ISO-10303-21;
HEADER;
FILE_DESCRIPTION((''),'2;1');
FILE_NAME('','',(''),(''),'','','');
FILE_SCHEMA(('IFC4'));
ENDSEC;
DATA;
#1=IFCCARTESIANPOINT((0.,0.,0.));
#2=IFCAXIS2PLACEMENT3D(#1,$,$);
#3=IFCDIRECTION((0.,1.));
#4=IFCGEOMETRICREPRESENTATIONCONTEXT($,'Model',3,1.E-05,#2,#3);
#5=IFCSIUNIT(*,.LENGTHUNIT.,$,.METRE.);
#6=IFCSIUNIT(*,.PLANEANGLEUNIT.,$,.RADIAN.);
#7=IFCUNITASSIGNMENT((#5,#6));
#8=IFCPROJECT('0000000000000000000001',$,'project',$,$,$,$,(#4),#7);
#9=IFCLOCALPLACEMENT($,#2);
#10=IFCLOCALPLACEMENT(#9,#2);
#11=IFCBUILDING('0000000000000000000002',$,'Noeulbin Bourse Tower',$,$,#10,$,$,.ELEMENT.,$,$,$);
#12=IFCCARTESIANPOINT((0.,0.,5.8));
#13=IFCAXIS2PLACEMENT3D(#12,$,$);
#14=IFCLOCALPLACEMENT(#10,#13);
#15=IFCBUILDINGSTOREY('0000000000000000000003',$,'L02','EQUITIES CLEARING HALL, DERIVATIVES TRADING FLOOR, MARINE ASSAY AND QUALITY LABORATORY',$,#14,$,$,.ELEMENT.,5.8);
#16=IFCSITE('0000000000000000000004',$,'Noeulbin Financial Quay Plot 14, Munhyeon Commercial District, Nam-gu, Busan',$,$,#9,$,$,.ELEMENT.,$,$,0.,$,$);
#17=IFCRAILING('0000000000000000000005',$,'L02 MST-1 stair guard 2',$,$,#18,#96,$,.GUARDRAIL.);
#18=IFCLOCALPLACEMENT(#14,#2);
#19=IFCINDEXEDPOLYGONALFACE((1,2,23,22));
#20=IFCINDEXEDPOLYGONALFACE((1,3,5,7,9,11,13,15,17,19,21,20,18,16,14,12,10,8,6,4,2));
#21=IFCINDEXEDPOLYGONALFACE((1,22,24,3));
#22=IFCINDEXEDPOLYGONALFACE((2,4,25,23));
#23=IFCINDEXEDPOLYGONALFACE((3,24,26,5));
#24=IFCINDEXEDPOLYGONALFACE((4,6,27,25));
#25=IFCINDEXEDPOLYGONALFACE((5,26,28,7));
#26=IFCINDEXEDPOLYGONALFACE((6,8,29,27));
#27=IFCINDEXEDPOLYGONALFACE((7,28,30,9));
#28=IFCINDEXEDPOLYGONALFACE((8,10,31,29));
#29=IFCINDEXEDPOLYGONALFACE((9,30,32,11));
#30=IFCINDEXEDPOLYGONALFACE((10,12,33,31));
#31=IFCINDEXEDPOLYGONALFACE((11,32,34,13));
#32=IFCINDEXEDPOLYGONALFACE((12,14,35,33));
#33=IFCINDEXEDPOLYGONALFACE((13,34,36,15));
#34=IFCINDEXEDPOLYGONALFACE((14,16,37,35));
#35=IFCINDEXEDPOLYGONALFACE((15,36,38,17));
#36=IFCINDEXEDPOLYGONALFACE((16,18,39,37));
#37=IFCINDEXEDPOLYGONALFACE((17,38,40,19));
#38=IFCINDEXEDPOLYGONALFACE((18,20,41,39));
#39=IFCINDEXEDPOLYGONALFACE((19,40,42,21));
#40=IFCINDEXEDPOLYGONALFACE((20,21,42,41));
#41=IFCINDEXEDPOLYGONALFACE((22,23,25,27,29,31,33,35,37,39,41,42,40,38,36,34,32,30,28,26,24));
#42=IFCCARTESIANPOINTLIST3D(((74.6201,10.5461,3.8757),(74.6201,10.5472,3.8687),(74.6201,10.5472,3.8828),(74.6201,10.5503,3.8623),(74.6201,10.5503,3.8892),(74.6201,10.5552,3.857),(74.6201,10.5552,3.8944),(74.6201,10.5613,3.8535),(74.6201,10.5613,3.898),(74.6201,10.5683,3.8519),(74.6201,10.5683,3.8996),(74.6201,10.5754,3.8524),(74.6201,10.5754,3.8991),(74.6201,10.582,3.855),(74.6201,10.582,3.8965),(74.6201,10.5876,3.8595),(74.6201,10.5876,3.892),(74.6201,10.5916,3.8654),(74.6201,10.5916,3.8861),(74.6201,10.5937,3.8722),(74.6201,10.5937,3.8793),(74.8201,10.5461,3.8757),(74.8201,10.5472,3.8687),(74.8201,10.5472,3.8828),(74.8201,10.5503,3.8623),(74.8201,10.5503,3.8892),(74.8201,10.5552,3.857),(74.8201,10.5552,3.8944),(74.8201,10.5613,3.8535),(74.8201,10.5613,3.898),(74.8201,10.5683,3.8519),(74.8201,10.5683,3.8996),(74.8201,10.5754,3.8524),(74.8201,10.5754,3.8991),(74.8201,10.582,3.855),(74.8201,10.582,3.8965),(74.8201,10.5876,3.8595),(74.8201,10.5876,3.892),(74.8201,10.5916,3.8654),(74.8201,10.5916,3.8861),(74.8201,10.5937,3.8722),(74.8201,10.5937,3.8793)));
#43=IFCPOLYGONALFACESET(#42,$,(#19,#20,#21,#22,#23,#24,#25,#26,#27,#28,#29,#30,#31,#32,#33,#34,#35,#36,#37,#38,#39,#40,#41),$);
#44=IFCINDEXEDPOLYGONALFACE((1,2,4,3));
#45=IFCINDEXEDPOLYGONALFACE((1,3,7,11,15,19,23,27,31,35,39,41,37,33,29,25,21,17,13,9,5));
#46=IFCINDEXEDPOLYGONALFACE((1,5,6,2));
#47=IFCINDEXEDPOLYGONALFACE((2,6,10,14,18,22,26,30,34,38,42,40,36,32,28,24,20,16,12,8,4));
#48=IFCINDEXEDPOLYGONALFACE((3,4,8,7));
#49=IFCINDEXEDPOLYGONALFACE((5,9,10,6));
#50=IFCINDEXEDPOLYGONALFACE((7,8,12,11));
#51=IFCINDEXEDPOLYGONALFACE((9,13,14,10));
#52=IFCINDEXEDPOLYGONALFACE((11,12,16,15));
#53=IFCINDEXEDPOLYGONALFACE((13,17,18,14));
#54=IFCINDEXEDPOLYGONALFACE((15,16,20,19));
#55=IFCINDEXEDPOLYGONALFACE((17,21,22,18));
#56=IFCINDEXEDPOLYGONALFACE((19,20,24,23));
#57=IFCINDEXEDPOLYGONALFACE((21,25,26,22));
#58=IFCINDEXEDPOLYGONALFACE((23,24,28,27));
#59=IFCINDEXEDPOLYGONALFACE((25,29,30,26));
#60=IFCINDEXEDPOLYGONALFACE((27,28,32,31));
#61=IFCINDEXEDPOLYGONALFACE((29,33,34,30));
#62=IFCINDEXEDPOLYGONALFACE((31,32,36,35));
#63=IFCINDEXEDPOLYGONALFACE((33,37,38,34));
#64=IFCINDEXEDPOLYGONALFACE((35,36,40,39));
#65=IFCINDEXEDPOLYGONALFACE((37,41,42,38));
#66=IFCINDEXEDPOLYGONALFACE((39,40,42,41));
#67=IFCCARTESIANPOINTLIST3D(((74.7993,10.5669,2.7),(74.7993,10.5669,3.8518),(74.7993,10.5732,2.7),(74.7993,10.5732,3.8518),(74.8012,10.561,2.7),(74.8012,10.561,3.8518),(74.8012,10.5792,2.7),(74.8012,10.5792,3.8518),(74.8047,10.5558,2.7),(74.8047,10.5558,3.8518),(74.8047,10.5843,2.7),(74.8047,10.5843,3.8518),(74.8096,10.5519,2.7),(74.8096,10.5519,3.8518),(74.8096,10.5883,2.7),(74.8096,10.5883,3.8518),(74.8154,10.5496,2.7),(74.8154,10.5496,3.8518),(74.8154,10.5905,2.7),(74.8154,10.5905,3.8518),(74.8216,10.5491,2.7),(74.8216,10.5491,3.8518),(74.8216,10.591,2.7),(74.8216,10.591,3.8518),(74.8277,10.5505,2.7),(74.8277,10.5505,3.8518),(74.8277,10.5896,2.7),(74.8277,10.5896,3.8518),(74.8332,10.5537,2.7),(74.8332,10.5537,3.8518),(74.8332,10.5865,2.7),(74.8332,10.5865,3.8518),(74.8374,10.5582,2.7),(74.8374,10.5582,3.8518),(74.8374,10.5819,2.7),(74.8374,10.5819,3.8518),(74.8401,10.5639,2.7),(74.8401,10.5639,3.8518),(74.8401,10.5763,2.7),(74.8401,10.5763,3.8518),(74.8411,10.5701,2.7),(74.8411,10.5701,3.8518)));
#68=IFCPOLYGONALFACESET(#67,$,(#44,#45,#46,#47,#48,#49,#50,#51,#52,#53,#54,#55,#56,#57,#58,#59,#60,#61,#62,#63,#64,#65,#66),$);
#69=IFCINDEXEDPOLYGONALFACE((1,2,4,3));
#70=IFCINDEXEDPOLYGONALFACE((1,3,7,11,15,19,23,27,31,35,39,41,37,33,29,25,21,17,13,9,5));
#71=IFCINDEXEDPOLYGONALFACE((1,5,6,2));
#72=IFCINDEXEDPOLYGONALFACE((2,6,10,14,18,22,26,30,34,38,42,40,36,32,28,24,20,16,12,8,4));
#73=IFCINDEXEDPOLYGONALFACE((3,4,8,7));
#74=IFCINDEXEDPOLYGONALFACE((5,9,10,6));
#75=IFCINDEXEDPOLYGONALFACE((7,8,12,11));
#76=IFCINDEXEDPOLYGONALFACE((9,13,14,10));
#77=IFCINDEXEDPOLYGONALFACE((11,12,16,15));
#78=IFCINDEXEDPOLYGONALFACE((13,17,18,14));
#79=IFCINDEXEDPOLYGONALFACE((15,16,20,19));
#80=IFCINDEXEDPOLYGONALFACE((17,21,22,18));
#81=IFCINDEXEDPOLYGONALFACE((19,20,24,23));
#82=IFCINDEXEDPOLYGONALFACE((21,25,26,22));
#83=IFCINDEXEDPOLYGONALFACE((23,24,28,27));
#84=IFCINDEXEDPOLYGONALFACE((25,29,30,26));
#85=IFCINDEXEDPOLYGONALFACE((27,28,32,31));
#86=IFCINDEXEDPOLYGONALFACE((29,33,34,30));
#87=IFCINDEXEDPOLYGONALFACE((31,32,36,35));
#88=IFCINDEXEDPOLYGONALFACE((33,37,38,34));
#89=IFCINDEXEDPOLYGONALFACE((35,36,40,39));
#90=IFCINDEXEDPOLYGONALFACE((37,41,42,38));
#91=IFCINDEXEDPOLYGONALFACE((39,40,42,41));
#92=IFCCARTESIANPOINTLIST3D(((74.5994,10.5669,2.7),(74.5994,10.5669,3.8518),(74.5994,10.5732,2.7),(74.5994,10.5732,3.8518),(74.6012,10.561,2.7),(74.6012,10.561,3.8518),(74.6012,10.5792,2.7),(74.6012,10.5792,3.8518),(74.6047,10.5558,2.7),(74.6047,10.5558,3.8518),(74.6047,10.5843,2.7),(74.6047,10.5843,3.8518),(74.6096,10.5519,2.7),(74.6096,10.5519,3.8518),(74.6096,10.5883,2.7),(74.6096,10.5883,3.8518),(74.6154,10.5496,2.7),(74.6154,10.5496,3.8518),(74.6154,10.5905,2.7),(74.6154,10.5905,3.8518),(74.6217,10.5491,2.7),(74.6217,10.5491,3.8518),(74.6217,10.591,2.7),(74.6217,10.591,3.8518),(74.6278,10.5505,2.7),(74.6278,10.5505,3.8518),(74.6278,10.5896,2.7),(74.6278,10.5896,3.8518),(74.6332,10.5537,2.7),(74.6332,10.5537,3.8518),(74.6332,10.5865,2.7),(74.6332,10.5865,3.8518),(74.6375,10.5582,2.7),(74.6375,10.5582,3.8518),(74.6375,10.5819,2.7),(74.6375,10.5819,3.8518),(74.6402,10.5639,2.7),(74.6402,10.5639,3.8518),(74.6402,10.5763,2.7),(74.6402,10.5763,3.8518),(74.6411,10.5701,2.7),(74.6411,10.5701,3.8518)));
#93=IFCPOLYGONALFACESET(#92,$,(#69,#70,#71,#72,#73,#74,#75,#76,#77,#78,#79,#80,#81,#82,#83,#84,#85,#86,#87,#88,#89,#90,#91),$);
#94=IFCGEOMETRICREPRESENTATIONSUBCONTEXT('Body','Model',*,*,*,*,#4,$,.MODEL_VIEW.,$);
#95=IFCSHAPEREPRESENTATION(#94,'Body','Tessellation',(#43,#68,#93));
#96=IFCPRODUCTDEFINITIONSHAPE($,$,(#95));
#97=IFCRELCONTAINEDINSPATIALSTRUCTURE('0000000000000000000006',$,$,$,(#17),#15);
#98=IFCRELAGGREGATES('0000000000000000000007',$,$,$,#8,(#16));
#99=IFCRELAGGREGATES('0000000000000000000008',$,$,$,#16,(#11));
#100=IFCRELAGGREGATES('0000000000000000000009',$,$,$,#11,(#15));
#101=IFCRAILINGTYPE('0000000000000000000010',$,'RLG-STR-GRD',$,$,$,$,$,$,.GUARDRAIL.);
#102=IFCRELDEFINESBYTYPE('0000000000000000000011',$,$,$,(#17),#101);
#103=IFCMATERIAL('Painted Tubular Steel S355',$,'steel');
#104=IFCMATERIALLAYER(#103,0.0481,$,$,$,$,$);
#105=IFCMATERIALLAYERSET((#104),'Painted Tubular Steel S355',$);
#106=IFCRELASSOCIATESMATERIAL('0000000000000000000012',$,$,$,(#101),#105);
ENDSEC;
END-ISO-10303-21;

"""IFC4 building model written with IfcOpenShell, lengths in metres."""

from ifc_helpers import new_model, si_unit, direction, frame, origin, origin_2d, place, context, subcontext, project, spatial, circle, extrude, material, layer, layer_set, type_object, element, save


model = new_model("IFC4")

# Units and contexts
model_context = context("Model", 3, precision=1e-05, world=origin(), true_north=direction((0.0, 1.0)))
body_context = subcontext(model_context, "Body", "Model", "MODEL_VIEW")
ifc_project = project(units=[si_unit("LENGTHUNIT", "METRE"), si_unit("PLANEANGLEUNIT", "RADIAN")], contexts=[model_context])

# Site, building, storey
site_placement = place(None, origin())
site = spatial("IfcSite", under=ifc_project, at=site_placement, Name="Noeulbin Financial Quay Plot 14, Munhyeon Commercial District, Nam-gu, Busan", CompositionType="ELEMENT", RefElevation=0.0)
building_placement = place(site_placement, origin())
building = spatial("IfcBuilding", under=site, at=building_placement, Name="Noeulbin Bourse Tower", CompositionType="ELEMENT")
storey_placement = place(building_placement, frame((0.0, 0.0, 5.8)))
storey = spatial("IfcBuildingStorey", under=building, at=storey_placement, Name="L02", Description="EQUITIES CLEARING HALL, DERIVATIVES TRADING FLOOR, MARINE ASSAY AND QUALITY LABORATORY", CompositionType="ELEMENT", Elevation=5.8)

# Railing
ifc_material_1 = material(Name="Painted Tubular Steel S355", Category="steel")
ifc_layer_1 = layer(ifc_material_1, 0.0481)
ifc_layer_set_1 = layer_set([ifc_layer_1], Name="Painted Tubular Steel S355")
railing_type_1 = type_object("IfcRailingType", Name="RLG-STR-GRD", PredefinedType="GUARDRAIL", material=ifc_layer_set_1)
railing_1_placement = place(storey_placement, frame((74.8201, 10.5701, 2.7)))
element("IfcRailing", 1, at=railing_1_placement, inside=storey, type_object=railing_type_1, Name="L02 MST-1 stair guard 2", PredefinedType="GUARDRAIL", context=body_context, shape_type="SweptSolid", body=[
    extrude(circle(Radius=0.0239, at=origin_2d()), frame((0.0, 0.0, 1.1758), z_axis=(-1.0, 0.0, 0.0), x_axis=(0.0, -1.0, 0.0)), (0.0, 0.0, 1.0), 0.2),
    extrude(circle(Radius=0.021, at=origin_2d()), origin(), (0.0, 0.0, 1.0), 1.1519),
    extrude(circle(Radius=0.021, at=origin_2d()), frame((-0.2, 0.0, 0.0)), (0.0, 0.0, 1.0), 1.1519),
])

save(model, "model.ifc")
